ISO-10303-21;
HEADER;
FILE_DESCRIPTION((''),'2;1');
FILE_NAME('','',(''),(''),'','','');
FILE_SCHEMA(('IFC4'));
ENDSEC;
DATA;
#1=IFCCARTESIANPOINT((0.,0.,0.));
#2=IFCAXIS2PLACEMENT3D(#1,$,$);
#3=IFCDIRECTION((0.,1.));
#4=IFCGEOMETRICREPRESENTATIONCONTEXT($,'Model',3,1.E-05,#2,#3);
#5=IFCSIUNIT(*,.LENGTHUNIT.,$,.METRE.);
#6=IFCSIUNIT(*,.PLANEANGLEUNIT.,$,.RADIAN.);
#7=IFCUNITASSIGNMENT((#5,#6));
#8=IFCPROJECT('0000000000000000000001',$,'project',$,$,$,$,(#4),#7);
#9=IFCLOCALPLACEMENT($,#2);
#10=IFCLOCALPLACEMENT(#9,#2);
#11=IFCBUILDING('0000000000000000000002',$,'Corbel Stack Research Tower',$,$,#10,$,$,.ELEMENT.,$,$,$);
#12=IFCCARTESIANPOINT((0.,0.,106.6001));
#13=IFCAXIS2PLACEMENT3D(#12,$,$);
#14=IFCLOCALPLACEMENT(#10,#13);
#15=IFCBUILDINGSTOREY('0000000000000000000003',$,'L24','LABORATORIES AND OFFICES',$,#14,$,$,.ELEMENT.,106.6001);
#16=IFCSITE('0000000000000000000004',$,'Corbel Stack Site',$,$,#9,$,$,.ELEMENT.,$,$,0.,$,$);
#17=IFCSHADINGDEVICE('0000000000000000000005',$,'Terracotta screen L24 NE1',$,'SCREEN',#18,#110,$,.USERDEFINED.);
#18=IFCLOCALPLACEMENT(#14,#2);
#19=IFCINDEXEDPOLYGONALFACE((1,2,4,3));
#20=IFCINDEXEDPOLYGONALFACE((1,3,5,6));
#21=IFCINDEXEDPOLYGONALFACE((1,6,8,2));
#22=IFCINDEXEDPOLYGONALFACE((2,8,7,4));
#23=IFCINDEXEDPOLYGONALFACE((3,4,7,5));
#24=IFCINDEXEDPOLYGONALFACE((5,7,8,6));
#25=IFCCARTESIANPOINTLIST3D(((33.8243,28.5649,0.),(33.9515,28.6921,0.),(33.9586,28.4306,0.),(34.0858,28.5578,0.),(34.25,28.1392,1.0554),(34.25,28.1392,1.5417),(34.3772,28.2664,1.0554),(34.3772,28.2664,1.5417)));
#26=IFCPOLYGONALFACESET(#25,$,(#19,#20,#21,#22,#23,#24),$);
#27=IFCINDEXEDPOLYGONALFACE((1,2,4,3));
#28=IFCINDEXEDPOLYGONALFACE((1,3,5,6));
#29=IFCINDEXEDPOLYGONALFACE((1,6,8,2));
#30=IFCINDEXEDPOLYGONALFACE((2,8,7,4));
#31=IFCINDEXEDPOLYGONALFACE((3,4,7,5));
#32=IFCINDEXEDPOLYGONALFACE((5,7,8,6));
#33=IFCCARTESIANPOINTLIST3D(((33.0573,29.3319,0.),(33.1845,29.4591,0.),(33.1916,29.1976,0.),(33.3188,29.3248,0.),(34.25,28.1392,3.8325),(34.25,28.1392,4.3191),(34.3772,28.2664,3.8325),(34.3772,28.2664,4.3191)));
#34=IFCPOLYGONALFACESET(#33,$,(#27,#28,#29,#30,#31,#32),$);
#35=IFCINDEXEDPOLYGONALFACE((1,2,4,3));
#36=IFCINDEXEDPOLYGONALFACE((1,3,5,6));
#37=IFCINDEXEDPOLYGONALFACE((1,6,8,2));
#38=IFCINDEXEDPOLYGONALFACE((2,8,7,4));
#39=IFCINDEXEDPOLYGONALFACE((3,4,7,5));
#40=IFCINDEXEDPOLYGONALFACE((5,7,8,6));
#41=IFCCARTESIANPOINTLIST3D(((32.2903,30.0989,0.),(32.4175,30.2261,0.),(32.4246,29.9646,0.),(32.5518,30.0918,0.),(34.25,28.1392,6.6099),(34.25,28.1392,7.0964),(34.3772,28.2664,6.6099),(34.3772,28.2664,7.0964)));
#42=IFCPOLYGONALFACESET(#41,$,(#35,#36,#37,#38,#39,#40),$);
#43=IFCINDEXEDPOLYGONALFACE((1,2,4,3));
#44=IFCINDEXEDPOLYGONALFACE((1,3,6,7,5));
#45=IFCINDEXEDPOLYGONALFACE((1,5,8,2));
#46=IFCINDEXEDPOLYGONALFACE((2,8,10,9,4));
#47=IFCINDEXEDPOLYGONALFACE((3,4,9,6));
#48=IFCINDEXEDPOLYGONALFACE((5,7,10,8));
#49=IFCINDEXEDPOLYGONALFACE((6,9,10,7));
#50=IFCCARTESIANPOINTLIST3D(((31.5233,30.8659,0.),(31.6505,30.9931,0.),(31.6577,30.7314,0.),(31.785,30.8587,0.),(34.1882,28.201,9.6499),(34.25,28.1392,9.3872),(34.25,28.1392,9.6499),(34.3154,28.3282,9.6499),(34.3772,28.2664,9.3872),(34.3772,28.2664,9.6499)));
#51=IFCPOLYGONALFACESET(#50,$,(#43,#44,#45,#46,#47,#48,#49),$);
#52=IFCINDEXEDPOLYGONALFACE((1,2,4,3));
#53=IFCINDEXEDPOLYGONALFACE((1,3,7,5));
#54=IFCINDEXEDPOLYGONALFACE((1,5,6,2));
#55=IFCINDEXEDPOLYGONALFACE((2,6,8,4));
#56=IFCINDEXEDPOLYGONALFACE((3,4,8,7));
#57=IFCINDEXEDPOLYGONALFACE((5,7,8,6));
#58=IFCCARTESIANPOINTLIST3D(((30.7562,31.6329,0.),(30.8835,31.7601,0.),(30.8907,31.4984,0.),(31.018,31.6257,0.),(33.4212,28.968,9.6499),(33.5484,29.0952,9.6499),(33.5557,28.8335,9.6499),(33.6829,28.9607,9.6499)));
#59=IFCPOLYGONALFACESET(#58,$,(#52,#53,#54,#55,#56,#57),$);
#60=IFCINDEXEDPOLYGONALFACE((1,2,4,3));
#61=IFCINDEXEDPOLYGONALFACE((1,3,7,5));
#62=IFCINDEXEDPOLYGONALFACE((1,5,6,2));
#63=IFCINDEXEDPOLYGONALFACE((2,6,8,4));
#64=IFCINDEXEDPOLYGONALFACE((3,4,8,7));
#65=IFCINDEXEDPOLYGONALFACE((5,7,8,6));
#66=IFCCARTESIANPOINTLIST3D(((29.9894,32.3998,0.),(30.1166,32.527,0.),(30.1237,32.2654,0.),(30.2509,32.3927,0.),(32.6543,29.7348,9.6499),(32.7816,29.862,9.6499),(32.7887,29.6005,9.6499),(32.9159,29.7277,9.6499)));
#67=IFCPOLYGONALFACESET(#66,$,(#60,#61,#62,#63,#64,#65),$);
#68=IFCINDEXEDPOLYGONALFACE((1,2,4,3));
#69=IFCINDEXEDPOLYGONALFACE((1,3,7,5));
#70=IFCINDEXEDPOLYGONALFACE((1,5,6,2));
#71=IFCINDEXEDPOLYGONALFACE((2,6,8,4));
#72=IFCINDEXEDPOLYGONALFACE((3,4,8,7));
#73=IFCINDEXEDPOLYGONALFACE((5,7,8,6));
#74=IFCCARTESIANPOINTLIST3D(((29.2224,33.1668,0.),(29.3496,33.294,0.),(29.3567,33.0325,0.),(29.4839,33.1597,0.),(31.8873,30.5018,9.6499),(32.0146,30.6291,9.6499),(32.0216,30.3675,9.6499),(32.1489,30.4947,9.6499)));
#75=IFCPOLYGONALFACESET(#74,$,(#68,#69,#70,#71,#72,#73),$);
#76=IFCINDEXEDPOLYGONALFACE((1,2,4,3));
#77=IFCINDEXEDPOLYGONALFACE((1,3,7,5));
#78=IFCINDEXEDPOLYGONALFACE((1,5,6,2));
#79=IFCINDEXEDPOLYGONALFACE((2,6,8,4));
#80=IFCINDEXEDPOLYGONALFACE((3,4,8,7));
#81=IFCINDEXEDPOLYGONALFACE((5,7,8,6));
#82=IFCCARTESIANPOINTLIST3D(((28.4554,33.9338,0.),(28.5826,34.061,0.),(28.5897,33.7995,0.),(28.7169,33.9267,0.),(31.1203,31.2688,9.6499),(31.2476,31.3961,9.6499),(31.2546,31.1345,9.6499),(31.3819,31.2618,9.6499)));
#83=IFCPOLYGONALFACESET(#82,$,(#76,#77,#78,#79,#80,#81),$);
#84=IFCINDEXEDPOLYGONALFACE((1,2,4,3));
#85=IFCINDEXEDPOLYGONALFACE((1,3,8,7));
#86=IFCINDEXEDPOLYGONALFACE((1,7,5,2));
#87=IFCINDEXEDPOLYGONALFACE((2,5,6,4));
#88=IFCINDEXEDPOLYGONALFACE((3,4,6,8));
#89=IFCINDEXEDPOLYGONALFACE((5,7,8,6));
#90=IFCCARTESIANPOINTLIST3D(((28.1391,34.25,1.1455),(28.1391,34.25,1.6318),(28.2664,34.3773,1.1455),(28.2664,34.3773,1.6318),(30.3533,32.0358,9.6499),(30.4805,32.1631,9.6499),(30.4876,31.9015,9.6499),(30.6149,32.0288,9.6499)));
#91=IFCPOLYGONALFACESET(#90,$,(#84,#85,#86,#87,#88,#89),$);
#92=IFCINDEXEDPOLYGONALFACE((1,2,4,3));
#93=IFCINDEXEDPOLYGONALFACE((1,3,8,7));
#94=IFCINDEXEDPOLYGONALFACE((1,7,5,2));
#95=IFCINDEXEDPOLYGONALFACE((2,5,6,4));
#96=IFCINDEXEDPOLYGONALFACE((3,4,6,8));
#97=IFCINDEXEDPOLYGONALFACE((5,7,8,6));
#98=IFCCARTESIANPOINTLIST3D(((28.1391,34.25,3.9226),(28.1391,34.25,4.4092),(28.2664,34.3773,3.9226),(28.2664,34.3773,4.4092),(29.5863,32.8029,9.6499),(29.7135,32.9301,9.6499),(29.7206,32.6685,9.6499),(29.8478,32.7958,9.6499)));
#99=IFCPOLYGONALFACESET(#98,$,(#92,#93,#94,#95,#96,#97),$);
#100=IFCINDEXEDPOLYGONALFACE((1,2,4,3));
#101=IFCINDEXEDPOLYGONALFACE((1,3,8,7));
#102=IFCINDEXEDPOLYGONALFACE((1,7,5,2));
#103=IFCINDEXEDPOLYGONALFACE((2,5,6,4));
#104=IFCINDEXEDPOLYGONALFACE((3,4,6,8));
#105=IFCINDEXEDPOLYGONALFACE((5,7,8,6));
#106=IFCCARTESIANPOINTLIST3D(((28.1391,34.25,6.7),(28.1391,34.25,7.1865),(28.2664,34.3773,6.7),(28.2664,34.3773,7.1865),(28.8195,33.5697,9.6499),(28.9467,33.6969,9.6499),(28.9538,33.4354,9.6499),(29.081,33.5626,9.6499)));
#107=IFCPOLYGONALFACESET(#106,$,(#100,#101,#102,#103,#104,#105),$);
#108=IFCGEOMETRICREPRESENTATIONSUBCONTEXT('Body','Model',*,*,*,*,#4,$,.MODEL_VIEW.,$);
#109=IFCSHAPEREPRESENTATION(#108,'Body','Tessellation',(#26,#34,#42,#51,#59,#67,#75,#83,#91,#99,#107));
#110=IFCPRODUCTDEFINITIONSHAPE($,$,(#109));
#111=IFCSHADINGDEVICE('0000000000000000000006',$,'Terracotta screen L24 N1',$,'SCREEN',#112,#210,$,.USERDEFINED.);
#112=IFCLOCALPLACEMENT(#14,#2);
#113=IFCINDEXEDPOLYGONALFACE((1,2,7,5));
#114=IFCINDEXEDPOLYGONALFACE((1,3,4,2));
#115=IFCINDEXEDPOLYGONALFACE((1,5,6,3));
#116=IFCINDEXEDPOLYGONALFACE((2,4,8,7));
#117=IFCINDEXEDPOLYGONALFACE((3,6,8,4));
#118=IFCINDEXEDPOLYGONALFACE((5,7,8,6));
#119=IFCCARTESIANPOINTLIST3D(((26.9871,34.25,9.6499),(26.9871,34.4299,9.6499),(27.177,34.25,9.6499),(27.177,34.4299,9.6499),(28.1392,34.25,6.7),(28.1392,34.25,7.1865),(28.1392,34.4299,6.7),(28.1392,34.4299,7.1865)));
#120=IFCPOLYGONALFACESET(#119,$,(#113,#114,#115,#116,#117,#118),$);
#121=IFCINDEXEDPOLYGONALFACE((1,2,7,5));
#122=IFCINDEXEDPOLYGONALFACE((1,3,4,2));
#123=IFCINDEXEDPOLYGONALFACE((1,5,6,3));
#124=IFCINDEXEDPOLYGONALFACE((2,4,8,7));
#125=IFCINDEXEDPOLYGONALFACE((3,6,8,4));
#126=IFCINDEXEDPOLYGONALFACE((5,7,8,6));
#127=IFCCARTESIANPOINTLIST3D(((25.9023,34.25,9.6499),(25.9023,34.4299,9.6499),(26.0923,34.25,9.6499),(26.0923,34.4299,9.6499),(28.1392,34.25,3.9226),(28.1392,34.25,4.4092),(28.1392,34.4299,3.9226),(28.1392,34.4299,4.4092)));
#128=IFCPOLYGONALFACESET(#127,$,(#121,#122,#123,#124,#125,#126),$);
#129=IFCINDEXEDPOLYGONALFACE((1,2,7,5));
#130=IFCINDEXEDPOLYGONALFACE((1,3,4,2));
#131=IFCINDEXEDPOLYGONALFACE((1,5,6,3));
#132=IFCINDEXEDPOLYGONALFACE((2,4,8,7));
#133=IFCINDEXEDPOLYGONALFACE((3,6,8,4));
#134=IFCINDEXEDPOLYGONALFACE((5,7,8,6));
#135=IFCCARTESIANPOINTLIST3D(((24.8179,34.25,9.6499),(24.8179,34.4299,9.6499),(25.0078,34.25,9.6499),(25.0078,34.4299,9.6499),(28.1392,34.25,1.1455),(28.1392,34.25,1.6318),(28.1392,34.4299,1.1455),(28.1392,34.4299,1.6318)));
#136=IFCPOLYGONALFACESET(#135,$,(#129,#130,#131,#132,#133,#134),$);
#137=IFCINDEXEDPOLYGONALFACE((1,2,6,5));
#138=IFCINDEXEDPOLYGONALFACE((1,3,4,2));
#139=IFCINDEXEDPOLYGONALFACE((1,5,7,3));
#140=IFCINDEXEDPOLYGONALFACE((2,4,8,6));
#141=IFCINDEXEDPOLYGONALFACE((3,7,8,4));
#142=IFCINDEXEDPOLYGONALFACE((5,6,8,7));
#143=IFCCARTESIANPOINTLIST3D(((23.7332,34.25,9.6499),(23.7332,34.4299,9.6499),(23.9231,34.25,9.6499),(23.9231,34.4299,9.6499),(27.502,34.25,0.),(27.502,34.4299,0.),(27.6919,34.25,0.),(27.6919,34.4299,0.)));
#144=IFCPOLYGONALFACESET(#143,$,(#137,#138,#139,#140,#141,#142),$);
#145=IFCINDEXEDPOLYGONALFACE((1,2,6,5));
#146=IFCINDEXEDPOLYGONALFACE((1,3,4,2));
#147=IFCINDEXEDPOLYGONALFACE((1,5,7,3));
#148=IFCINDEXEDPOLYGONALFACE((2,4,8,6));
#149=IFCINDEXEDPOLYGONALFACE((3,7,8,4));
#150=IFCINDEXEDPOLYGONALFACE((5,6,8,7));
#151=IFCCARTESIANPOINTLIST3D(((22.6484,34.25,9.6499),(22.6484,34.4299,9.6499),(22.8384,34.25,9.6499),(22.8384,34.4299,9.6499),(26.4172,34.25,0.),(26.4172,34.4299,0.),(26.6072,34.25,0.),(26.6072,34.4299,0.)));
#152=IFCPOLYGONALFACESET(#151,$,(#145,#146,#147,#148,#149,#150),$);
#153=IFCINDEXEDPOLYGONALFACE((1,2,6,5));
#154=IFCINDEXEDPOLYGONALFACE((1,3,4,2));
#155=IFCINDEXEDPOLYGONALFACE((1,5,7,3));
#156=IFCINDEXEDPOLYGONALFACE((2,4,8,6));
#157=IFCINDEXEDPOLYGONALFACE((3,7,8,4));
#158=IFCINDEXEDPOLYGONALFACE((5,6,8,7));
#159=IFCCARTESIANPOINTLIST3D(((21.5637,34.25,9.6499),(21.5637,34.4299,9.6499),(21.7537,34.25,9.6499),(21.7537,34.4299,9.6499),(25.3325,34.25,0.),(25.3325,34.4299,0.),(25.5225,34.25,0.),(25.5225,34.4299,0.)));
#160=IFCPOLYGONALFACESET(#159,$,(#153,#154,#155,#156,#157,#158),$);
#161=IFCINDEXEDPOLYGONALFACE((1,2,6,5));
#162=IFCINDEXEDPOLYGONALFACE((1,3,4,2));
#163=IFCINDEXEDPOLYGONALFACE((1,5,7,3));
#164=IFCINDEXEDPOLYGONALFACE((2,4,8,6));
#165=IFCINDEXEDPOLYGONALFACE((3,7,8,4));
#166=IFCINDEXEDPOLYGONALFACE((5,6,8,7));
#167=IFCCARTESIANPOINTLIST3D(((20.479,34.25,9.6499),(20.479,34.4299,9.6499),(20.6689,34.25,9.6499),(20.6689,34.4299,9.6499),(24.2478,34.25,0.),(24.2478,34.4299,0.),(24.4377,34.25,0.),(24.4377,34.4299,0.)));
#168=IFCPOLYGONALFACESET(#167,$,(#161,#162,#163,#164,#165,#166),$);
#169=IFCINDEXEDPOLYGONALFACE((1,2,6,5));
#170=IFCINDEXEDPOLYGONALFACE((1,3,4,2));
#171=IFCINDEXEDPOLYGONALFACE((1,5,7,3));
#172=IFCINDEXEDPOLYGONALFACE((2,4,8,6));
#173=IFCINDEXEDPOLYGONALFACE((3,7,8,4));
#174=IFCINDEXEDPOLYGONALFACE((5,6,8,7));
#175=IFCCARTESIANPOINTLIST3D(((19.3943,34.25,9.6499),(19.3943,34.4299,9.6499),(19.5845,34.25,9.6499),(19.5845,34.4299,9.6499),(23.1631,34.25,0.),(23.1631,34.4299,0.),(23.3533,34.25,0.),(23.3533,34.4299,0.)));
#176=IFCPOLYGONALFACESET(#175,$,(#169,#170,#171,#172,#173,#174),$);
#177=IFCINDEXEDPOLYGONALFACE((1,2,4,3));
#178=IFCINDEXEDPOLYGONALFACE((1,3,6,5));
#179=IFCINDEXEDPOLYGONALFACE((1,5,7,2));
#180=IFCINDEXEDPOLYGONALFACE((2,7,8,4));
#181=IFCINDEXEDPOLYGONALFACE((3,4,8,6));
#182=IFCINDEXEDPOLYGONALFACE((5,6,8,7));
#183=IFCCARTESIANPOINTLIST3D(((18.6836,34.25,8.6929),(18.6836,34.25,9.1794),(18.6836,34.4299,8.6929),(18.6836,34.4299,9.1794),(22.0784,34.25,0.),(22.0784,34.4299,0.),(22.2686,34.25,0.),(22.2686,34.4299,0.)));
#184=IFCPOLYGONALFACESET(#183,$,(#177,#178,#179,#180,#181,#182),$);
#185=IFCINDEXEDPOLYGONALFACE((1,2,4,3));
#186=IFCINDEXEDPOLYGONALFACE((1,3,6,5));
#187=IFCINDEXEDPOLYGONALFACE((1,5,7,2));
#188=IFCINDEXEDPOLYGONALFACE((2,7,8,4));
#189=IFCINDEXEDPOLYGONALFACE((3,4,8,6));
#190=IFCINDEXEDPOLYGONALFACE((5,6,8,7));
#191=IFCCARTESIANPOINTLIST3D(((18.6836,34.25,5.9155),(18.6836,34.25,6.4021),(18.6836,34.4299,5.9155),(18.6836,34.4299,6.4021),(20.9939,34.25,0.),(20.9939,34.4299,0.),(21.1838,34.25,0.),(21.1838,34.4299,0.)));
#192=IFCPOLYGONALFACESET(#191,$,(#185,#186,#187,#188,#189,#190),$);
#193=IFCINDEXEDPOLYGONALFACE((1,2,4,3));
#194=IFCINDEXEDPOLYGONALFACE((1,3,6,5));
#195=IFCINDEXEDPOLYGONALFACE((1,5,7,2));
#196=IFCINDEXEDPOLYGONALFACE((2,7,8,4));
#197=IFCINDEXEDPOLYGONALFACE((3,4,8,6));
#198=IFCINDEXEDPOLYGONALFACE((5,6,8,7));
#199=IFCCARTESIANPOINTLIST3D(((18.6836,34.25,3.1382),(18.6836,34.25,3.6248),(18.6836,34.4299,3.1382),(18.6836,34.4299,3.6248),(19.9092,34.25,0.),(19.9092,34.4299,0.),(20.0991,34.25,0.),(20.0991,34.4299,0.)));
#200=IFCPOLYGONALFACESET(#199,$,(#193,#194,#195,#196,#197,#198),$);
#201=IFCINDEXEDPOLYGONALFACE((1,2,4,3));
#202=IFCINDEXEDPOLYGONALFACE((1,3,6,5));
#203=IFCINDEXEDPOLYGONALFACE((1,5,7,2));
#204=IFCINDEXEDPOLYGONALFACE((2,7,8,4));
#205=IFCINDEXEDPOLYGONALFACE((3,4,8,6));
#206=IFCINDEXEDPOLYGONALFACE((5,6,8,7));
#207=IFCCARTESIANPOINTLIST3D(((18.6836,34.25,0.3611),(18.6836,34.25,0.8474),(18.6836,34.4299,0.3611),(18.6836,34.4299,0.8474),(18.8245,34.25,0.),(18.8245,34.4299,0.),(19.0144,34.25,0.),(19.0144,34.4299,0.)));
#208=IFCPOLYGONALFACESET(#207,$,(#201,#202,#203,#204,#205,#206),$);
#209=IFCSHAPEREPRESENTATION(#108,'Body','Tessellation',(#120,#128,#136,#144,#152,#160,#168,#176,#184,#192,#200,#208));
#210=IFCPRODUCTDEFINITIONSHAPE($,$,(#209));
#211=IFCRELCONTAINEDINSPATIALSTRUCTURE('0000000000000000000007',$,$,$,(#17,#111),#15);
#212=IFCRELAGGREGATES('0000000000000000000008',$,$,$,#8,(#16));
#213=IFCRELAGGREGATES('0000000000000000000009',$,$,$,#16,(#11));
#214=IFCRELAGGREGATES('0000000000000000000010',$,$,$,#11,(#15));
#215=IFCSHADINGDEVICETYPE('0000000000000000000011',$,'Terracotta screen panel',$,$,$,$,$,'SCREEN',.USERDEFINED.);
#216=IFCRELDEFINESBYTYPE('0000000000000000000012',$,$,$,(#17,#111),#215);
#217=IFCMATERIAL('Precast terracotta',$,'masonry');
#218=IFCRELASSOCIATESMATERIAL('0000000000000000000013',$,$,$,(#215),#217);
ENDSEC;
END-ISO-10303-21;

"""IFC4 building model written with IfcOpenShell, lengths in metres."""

from ifc_helpers import new_model, si_unit, direction, frame, origin, place, context, subcontext, project, spatial, polyline, outline, extrude, source, transform, mapped, material, type_object, element, save


model = new_model("IFC4")

# Units and contexts
model_context = context("Model", 3, precision=1e-05, world=origin(), true_north=direction((0.0, 1.0)))
body_context = subcontext(model_context, "Body", "Model", "MODEL_VIEW")
ifc_project = project(units=[si_unit("LENGTHUNIT", "METRE"), si_unit("PLANEANGLEUNIT", "RADIAN")], contexts=[model_context])

# Site, building, storey
site_placement = place(None, origin())
site = spatial("IfcSite", under=ifc_project, at=site_placement, Name="Corbel Stack Site", CompositionType="ELEMENT", RefElevation=0.0)
building_placement = place(site_placement, origin())
building = spatial("IfcBuilding", under=site, at=building_placement, Name="Corbel Stack Research Tower", CompositionType="ELEMENT")
storey_placement = place(building_placement, frame((0.0, 0.0, 106.6001)))
storey = spatial("IfcBuildingStorey", under=building, at=storey_placement, Name="L24", Description="LABORATORIES AND OFFICES", CompositionType="ELEMENT", Elevation=106.6001)

# Shading devices
ifc_material_1 = material(Name="Precast terracotta", Category="masonry")
shading_device_type = type_object("IfcShadingDeviceType", Name="Terracotta screen panel", ElementType="SCREEN", PredefinedType="USERDEFINED", material=ifc_material_1)
shared_shape_1 = source(origin(), body_context, "Body", "SweptSolid", [
    extrude(outline(polyline([(0.6021, 0.0), (0.0, 1.5417), (0.0, 1.0554), (0.4121, 0.0), (0.6021, 0.0)])), frame((0.0, 0.0, 0.0), z_axis=(0.0, -1.0, 0.0), x_axis=(1.0, 0.0, 0.0)), (0.0, 0.0, 1.0), 0.1799),
    extrude(outline(polyline([(1.6868, 0.0), (0.0, 4.3191), (0.0, 3.8325), (1.4968, 0.0), (1.6868, 0.0)])), frame((0.0, 0.0, 0.0), z_axis=(0.0, -1.0, 0.0), x_axis=(1.0, 0.0, 0.0)), (0.0, 0.0, 1.0), 0.1799),
    extrude(outline(polyline([(2.7715, 0.0), (0.0, 7.0964), (0.0, 6.6099), (2.5815, 0.0), (2.7715, 0.0)])), frame((0.0, 0.0, 0.0), z_axis=(0.0, -1.0, 0.0), x_axis=(1.0, 0.0, 0.0)), (0.0, 0.0, 1.0), 0.1799),
    extrude(outline(polyline([(3.8562, 0.0), (0.0874, 9.6499), (0.0, 9.6499), (0.0, 9.3872), (3.666, 0.0), (3.8562, 0.0)])), frame((0.0, 0.0, 0.0), z_axis=(0.0, -1.0, 0.0), x_axis=(1.0, 0.0, 0.0)), (0.0, 0.0, 1.0), 0.1799),
    extrude(outline(polyline([(4.9409, 0.0), (1.1721, 9.6499), (0.9819, 9.6499), (4.7507, 0.0), (4.9409, 0.0)])), frame((0.0, 0.0, 0.0), z_axis=(0.0, -1.0, 0.0), x_axis=(1.0, 0.0, 0.0)), (0.0, 0.0, 1.0), 0.1799),
    extrude(outline(polyline([(6.0254, 0.0), (2.2566, 9.6499), (2.0667, 9.6499), (5.8354, 0.0), (6.0254, 0.0)])), frame((0.0, 0.0, 0.0), z_axis=(0.0, -1.0, 0.0), x_axis=(1.0, 0.0, 0.0)), (0.0, 0.0, 1.0), 0.1799),
    extrude(outline(polyline([(7.1101, 0.0), (3.3413, 9.6499), (3.1514, 9.6499), (6.9202, 0.0), (7.1101, 0.0)])), frame((0.0, 0.0, 0.0), z_axis=(0.0, -1.0, 0.0), x_axis=(1.0, 0.0, 0.0)), (0.0, 0.0, 1.0), 0.1799),
    extrude(outline(polyline([(8.1948, 0.0), (4.426, 9.6499), (4.2361, 9.6499), (8.0049, 0.0), (8.1948, 0.0)])), frame((0.0, 0.0, 0.0), z_axis=(0.0, -1.0, 0.0), x_axis=(1.0, 0.0, 0.0)), (0.0, 0.0, 1.0), 0.1799),
    extrude(outline(polyline([(5.5107, 9.6499), (5.3208, 9.6499), (8.6421, 1.1455), (8.6421, 1.6318), (5.5107, 9.6499)])), frame((0.0, 0.0, 0.0), z_axis=(0.0, -1.0, 0.0), x_axis=(1.0, 0.0, 0.0)), (0.0, 0.0, 1.0), 0.1799),
    extrude(outline(polyline([(6.5955, 9.6499), (6.4055, 9.6499), (8.6421, 3.9226), (8.6421, 4.4092), (6.5955, 9.6499)])), frame((0.0, 0.0, 0.0), z_axis=(0.0, -1.0, 0.0), x_axis=(1.0, 0.0, 0.0)), (0.0, 0.0, 1.0), 0.1799),
    extrude(outline(polyline([(7.6799, 9.6499), (7.49, 9.6499), (8.6421, 6.7), (8.6421, 7.1865), (7.6799, 9.6499)])), frame((0.0, 0.0, 0.0), z_axis=(0.0, -1.0, 0.0), x_axis=(1.0, 0.0, 0.0)), (0.0, 0.0, 1.0), 0.1799),
])
shading_device_1_placement = place(storey_placement, frame((34.25, 28.1392, 0.0), z_axis=(0.0, 0.0, 1.0), x_axis=(-0.707107, 0.707107, 0.0)))
element("IfcShadingDevice", 1, at=shading_device_1_placement, inside=storey, type_object=shading_device_type, Name="Terracotta screen L24 NE1", ObjectType="SCREEN", PredefinedType="USERDEFINED", context=body_context, shape_type="MappedRepresentation", body=[
    mapped(shared_shape_1, transform((0.0, 0.0, 0.0))),
])
shared_shape_2 = source(origin(), body_context, "Body", "SweptSolid", [
    extrude(outline(polyline([(1.1521, 9.6499), (0.9622, 9.6499), (0.0, 7.1865), (0.0, 6.7), (1.1521, 9.6499)])), frame((0.0, 0.0, 0.0), z_axis=(0.0, -1.0, 0.0), x_axis=(1.0, 0.0, 0.0)), (0.0, 0.0, 1.0), 0.1799),
    extrude(outline(polyline([(2.2368, 9.6499), (2.0469, 9.6499), (0.0, 4.4092), (0.0, 3.9226), (2.2368, 9.6499)])), frame((0.0, 0.0, 0.0), z_axis=(0.0, -1.0, 0.0), x_axis=(1.0, 0.0, 0.0)), (0.0, 0.0, 1.0), 0.1799),
    extrude(outline(polyline([(3.3213, 9.6499), (3.1313, 9.6499), (0.0, 1.6318), (0.0, 1.1455), (3.3213, 9.6499)])), frame((0.0, 0.0, 0.0), z_axis=(0.0, -1.0, 0.0), x_axis=(1.0, 0.0, 0.0)), (0.0, 0.0, 1.0), 0.1799),
    extrude(outline(polyline([(0.6372, 0.0), (4.406, 9.6499), (4.2161, 9.6499), (0.4473, 0.0), (0.6372, 0.0)])), frame((0.0, 0.0, 0.0), z_axis=(0.0, -1.0, 0.0), x_axis=(1.0, 0.0, 0.0)), (0.0, 0.0, 1.0), 0.1799),
    extrude(outline(polyline([(1.7219, 0.0), (5.4907, 9.6499), (5.3008, 9.6499), (1.532, 0.0), (1.7219, 0.0)])), frame((0.0, 0.0, 0.0), z_axis=(0.0, -1.0, 0.0), x_axis=(1.0, 0.0, 0.0)), (0.0, 0.0, 1.0), 0.1799),
    extrude(outline(polyline([(2.8066, 0.0), (6.5754, 9.6499), (6.3855, 9.6499), (2.6167, 0.0), (2.8066, 0.0)])), frame((0.0, 0.0, 0.0), z_axis=(0.0, -1.0, 0.0), x_axis=(1.0, 0.0, 0.0)), (0.0, 0.0, 1.0), 0.1799),
    extrude(outline(polyline([(3.8914, 0.0), (7.6602, 9.6499), (7.4702, 9.6499), (3.7014, 0.0), (3.8914, 0.0)])), frame((0.0, 0.0, 0.0), z_axis=(0.0, -1.0, 0.0), x_axis=(1.0, 0.0, 0.0)), (0.0, 0.0, 1.0), 0.1799),
    extrude(outline(polyline([(4.9761, 0.0), (8.7449, 9.6499), (8.5547, 9.6499), (4.7859, 0.0), (4.9761, 0.0)])), frame((0.0, 0.0, 0.0), z_axis=(0.0, -1.0, 0.0), x_axis=(1.0, 0.0, 0.0)), (0.0, 0.0, 1.0), 0.1799),
    extrude(outline(polyline([(6.0608, 0.0), (9.4556, 8.6929), (9.4556, 9.1794), (5.8706, 0.0), (6.0608, 0.0)])), frame((0.0, 0.0, 0.0), z_axis=(0.0, -1.0, 0.0), x_axis=(1.0, 0.0, 0.0)), (0.0, 0.0, 1.0), 0.1799),
    extrude(outline(polyline([(7.1453, 0.0), (9.4556, 5.9155), (9.4556, 6.4021), (6.9553, 0.0), (7.1453, 0.0)])), frame((0.0, 0.0, 0.0), z_axis=(0.0, -1.0, 0.0), x_axis=(1.0, 0.0, 0.0)), (0.0, 0.0, 1.0), 0.1799),
    extrude(outline(polyline([(8.23, 0.0), (9.4556, 3.1382), (9.4556, 3.6248), (8.04, 0.0), (8.23, 0.0)])), frame((0.0, 0.0, 0.0), z_axis=(0.0, -1.0, 0.0), x_axis=(1.0, 0.0, 0.0)), (0.0, 0.0, 1.0), 0.1799),
    extrude(outline(polyline([(9.3147, 0.0), (9.4556, 0.3611), (9.4556, 0.8474), (9.1248, 0.0), (9.3147, 0.0)])), frame((0.0, 0.0, 0.0), z_axis=(0.0, -1.0, 0.0), x_axis=(1.0, 0.0, 0.0)), (0.0, 0.0, 1.0), 0.1799),
])
shading_device_2_placement = place(storey_placement, frame((28.1392, 34.25, 0.0), z_axis=(0.0, 0.0, 1.0), x_axis=(-1.0, 0.0, 0.0)))
element("IfcShadingDevice", 2, at=shading_device_2_placement, inside=storey, type_object=shading_device_type, Name="Terracotta screen L24 N1", ObjectType="SCREEN", PredefinedType="USERDEFINED", context=body_context, shape_type="MappedRepresentation", body=[
    mapped(shared_shape_2, transform((0.0, 0.0, 0.0))),
])

save(model, "model.ifc")
